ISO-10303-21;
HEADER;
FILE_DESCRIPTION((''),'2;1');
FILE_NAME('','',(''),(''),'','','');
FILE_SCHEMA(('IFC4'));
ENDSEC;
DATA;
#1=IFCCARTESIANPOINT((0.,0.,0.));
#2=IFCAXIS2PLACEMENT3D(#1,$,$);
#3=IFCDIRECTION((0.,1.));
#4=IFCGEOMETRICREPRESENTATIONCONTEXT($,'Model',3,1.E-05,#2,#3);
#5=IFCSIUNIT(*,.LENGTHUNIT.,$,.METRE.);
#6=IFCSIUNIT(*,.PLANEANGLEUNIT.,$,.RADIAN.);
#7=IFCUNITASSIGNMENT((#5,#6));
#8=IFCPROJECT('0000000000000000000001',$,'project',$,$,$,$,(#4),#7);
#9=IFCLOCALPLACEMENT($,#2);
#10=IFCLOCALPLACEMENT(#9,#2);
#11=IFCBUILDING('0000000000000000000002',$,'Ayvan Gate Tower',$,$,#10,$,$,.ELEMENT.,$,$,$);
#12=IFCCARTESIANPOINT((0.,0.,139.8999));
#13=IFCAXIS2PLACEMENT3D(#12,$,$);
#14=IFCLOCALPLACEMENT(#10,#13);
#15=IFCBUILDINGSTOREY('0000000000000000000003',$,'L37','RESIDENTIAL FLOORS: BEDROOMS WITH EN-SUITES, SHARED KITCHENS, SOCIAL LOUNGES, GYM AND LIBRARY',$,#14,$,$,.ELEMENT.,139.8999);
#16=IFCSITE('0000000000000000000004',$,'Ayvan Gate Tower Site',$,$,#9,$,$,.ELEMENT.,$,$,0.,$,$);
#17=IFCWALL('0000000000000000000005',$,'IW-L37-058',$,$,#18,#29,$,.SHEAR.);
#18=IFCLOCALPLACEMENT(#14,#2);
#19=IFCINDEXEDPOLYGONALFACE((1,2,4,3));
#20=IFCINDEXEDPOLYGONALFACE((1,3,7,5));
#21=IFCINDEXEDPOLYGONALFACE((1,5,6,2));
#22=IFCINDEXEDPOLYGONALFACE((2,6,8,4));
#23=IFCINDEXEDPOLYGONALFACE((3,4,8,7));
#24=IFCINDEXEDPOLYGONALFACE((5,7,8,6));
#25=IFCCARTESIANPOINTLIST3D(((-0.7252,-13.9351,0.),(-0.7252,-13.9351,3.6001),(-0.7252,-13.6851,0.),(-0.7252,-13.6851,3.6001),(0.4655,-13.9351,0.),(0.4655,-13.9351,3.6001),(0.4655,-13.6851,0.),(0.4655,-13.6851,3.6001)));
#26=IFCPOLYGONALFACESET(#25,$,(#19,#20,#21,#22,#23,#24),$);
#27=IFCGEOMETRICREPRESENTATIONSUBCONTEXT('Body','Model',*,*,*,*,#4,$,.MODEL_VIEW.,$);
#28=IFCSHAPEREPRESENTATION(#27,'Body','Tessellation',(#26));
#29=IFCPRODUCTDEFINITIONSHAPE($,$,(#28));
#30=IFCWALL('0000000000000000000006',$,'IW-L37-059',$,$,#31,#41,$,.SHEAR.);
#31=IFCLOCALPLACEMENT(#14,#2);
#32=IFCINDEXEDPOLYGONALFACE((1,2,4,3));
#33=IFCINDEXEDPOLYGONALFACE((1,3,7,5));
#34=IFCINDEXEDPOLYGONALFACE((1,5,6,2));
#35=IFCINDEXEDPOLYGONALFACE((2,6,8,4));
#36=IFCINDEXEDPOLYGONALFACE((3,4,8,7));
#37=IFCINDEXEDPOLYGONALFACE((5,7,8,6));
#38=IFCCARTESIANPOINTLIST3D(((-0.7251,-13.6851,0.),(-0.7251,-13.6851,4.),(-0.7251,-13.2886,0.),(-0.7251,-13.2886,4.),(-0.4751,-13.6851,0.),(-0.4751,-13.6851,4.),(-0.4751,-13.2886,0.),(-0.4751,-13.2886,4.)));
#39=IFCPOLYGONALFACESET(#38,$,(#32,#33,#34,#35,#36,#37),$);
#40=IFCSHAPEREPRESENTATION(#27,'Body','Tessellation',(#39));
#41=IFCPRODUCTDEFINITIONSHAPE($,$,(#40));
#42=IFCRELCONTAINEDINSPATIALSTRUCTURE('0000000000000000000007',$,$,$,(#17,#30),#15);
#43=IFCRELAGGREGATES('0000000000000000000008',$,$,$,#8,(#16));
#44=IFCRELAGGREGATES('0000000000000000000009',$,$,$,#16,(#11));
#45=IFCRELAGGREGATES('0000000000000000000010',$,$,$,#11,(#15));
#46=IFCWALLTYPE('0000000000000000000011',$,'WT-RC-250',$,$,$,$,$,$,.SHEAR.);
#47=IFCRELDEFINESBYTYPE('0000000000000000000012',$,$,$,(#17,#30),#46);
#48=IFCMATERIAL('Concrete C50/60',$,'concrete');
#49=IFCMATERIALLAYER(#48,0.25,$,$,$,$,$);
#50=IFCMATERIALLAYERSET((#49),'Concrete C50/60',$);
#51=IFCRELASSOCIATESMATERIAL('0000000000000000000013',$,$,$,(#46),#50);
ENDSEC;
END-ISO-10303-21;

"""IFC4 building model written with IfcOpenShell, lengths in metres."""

from ifc_helpers import new_model, si_unit, direction, frame, frame_2d, origin, place, context, subcontext, project, spatial, rectangle, extrude, material, layer, layer_set, type_object, element, save


model = new_model("IFC4")

# Units and contexts
model_context = context("Model", 3, precision=1e-05, world=origin(), true_north=direction((0.0, 1.0)))
body_context = subcontext(model_context, "Body", "Model", "MODEL_VIEW")
ifc_project = project(units=[si_unit("LENGTHUNIT", "METRE"), si_unit("PLANEANGLEUNIT", "RADIAN")], contexts=[model_context])

# Site, building, storey
site_placement = place(None, origin())
site = spatial("IfcSite", under=ifc_project, at=site_placement, Name="Ayvan Gate Tower Site", CompositionType="ELEMENT", RefElevation=0.0)
building_placement = place(site_placement, origin())
building = spatial("IfcBuilding", under=site, at=building_placement, Name="Ayvan Gate Tower", CompositionType="ELEMENT")
storey_placement = place(building_placement, frame((0.0, 0.0, 139.8999)))
storey = spatial("IfcBuildingStorey", under=building, at=storey_placement, Name="L37", Description="RESIDENTIAL FLOORS: BEDROOMS WITH EN-SUITES, SHARED KITCHENS, SOCIAL LOUNGES, GYM AND LIBRARY", CompositionType="ELEMENT", Elevation=139.8999)

# Shared definitions
ifc_material_1 = material(Name="Concrete C50/60", Category="concrete")
ifc_layer_1 = layer(ifc_material_1, 0.25)
ifc_layer_set_1 = layer_set([ifc_layer_1], Name="Concrete C50/60")
wall_type_1 = type_object("IfcWallType", Name="WT-RC-250", PredefinedType="SHEAR", material=ifc_layer_set_1)

# Walls
wall_1_placement = place(storey_placement, frame((-0.7251, -13.8101, 0.0), z_axis=(0.0, 0.0, 1.0), x_axis=(1.0, 0.0, 0.0)))
element("IfcWall", 1, at=wall_1_placement, inside=storey, type_object=wall_type_1, Name="IW-L37-058", PredefinedType="SHEAR", context=body_context, shape_type="SweptSolid", body=[
    extrude(rectangle(XDim=1.1907, YDim=0.25, at=frame_2d((0.5952, 0.0))), origin(), (0.0, 0.0, 1.0), 3.6001),
])
wall_2_placement = place(storey_placement, frame((-0.6001, -13.2886, 0.0), z_axis=(0.0, 0.0, 1.0), x_axis=(0.0, -1.0, 0.0)))
element("IfcWall", 2, at=wall_2_placement, inside=storey, type_object=wall_type_1, Name="IW-L37-059", PredefinedType="SHEAR", context=body_context, shape_type="SweptSolid", body=[
    extrude(rectangle(XDim=0.3965, YDim=0.25, at=frame_2d((0.1982, 0.0))), origin(), (0.0, 0.0, 1.0), 4.0),
])

save(model, "model.ifc")
